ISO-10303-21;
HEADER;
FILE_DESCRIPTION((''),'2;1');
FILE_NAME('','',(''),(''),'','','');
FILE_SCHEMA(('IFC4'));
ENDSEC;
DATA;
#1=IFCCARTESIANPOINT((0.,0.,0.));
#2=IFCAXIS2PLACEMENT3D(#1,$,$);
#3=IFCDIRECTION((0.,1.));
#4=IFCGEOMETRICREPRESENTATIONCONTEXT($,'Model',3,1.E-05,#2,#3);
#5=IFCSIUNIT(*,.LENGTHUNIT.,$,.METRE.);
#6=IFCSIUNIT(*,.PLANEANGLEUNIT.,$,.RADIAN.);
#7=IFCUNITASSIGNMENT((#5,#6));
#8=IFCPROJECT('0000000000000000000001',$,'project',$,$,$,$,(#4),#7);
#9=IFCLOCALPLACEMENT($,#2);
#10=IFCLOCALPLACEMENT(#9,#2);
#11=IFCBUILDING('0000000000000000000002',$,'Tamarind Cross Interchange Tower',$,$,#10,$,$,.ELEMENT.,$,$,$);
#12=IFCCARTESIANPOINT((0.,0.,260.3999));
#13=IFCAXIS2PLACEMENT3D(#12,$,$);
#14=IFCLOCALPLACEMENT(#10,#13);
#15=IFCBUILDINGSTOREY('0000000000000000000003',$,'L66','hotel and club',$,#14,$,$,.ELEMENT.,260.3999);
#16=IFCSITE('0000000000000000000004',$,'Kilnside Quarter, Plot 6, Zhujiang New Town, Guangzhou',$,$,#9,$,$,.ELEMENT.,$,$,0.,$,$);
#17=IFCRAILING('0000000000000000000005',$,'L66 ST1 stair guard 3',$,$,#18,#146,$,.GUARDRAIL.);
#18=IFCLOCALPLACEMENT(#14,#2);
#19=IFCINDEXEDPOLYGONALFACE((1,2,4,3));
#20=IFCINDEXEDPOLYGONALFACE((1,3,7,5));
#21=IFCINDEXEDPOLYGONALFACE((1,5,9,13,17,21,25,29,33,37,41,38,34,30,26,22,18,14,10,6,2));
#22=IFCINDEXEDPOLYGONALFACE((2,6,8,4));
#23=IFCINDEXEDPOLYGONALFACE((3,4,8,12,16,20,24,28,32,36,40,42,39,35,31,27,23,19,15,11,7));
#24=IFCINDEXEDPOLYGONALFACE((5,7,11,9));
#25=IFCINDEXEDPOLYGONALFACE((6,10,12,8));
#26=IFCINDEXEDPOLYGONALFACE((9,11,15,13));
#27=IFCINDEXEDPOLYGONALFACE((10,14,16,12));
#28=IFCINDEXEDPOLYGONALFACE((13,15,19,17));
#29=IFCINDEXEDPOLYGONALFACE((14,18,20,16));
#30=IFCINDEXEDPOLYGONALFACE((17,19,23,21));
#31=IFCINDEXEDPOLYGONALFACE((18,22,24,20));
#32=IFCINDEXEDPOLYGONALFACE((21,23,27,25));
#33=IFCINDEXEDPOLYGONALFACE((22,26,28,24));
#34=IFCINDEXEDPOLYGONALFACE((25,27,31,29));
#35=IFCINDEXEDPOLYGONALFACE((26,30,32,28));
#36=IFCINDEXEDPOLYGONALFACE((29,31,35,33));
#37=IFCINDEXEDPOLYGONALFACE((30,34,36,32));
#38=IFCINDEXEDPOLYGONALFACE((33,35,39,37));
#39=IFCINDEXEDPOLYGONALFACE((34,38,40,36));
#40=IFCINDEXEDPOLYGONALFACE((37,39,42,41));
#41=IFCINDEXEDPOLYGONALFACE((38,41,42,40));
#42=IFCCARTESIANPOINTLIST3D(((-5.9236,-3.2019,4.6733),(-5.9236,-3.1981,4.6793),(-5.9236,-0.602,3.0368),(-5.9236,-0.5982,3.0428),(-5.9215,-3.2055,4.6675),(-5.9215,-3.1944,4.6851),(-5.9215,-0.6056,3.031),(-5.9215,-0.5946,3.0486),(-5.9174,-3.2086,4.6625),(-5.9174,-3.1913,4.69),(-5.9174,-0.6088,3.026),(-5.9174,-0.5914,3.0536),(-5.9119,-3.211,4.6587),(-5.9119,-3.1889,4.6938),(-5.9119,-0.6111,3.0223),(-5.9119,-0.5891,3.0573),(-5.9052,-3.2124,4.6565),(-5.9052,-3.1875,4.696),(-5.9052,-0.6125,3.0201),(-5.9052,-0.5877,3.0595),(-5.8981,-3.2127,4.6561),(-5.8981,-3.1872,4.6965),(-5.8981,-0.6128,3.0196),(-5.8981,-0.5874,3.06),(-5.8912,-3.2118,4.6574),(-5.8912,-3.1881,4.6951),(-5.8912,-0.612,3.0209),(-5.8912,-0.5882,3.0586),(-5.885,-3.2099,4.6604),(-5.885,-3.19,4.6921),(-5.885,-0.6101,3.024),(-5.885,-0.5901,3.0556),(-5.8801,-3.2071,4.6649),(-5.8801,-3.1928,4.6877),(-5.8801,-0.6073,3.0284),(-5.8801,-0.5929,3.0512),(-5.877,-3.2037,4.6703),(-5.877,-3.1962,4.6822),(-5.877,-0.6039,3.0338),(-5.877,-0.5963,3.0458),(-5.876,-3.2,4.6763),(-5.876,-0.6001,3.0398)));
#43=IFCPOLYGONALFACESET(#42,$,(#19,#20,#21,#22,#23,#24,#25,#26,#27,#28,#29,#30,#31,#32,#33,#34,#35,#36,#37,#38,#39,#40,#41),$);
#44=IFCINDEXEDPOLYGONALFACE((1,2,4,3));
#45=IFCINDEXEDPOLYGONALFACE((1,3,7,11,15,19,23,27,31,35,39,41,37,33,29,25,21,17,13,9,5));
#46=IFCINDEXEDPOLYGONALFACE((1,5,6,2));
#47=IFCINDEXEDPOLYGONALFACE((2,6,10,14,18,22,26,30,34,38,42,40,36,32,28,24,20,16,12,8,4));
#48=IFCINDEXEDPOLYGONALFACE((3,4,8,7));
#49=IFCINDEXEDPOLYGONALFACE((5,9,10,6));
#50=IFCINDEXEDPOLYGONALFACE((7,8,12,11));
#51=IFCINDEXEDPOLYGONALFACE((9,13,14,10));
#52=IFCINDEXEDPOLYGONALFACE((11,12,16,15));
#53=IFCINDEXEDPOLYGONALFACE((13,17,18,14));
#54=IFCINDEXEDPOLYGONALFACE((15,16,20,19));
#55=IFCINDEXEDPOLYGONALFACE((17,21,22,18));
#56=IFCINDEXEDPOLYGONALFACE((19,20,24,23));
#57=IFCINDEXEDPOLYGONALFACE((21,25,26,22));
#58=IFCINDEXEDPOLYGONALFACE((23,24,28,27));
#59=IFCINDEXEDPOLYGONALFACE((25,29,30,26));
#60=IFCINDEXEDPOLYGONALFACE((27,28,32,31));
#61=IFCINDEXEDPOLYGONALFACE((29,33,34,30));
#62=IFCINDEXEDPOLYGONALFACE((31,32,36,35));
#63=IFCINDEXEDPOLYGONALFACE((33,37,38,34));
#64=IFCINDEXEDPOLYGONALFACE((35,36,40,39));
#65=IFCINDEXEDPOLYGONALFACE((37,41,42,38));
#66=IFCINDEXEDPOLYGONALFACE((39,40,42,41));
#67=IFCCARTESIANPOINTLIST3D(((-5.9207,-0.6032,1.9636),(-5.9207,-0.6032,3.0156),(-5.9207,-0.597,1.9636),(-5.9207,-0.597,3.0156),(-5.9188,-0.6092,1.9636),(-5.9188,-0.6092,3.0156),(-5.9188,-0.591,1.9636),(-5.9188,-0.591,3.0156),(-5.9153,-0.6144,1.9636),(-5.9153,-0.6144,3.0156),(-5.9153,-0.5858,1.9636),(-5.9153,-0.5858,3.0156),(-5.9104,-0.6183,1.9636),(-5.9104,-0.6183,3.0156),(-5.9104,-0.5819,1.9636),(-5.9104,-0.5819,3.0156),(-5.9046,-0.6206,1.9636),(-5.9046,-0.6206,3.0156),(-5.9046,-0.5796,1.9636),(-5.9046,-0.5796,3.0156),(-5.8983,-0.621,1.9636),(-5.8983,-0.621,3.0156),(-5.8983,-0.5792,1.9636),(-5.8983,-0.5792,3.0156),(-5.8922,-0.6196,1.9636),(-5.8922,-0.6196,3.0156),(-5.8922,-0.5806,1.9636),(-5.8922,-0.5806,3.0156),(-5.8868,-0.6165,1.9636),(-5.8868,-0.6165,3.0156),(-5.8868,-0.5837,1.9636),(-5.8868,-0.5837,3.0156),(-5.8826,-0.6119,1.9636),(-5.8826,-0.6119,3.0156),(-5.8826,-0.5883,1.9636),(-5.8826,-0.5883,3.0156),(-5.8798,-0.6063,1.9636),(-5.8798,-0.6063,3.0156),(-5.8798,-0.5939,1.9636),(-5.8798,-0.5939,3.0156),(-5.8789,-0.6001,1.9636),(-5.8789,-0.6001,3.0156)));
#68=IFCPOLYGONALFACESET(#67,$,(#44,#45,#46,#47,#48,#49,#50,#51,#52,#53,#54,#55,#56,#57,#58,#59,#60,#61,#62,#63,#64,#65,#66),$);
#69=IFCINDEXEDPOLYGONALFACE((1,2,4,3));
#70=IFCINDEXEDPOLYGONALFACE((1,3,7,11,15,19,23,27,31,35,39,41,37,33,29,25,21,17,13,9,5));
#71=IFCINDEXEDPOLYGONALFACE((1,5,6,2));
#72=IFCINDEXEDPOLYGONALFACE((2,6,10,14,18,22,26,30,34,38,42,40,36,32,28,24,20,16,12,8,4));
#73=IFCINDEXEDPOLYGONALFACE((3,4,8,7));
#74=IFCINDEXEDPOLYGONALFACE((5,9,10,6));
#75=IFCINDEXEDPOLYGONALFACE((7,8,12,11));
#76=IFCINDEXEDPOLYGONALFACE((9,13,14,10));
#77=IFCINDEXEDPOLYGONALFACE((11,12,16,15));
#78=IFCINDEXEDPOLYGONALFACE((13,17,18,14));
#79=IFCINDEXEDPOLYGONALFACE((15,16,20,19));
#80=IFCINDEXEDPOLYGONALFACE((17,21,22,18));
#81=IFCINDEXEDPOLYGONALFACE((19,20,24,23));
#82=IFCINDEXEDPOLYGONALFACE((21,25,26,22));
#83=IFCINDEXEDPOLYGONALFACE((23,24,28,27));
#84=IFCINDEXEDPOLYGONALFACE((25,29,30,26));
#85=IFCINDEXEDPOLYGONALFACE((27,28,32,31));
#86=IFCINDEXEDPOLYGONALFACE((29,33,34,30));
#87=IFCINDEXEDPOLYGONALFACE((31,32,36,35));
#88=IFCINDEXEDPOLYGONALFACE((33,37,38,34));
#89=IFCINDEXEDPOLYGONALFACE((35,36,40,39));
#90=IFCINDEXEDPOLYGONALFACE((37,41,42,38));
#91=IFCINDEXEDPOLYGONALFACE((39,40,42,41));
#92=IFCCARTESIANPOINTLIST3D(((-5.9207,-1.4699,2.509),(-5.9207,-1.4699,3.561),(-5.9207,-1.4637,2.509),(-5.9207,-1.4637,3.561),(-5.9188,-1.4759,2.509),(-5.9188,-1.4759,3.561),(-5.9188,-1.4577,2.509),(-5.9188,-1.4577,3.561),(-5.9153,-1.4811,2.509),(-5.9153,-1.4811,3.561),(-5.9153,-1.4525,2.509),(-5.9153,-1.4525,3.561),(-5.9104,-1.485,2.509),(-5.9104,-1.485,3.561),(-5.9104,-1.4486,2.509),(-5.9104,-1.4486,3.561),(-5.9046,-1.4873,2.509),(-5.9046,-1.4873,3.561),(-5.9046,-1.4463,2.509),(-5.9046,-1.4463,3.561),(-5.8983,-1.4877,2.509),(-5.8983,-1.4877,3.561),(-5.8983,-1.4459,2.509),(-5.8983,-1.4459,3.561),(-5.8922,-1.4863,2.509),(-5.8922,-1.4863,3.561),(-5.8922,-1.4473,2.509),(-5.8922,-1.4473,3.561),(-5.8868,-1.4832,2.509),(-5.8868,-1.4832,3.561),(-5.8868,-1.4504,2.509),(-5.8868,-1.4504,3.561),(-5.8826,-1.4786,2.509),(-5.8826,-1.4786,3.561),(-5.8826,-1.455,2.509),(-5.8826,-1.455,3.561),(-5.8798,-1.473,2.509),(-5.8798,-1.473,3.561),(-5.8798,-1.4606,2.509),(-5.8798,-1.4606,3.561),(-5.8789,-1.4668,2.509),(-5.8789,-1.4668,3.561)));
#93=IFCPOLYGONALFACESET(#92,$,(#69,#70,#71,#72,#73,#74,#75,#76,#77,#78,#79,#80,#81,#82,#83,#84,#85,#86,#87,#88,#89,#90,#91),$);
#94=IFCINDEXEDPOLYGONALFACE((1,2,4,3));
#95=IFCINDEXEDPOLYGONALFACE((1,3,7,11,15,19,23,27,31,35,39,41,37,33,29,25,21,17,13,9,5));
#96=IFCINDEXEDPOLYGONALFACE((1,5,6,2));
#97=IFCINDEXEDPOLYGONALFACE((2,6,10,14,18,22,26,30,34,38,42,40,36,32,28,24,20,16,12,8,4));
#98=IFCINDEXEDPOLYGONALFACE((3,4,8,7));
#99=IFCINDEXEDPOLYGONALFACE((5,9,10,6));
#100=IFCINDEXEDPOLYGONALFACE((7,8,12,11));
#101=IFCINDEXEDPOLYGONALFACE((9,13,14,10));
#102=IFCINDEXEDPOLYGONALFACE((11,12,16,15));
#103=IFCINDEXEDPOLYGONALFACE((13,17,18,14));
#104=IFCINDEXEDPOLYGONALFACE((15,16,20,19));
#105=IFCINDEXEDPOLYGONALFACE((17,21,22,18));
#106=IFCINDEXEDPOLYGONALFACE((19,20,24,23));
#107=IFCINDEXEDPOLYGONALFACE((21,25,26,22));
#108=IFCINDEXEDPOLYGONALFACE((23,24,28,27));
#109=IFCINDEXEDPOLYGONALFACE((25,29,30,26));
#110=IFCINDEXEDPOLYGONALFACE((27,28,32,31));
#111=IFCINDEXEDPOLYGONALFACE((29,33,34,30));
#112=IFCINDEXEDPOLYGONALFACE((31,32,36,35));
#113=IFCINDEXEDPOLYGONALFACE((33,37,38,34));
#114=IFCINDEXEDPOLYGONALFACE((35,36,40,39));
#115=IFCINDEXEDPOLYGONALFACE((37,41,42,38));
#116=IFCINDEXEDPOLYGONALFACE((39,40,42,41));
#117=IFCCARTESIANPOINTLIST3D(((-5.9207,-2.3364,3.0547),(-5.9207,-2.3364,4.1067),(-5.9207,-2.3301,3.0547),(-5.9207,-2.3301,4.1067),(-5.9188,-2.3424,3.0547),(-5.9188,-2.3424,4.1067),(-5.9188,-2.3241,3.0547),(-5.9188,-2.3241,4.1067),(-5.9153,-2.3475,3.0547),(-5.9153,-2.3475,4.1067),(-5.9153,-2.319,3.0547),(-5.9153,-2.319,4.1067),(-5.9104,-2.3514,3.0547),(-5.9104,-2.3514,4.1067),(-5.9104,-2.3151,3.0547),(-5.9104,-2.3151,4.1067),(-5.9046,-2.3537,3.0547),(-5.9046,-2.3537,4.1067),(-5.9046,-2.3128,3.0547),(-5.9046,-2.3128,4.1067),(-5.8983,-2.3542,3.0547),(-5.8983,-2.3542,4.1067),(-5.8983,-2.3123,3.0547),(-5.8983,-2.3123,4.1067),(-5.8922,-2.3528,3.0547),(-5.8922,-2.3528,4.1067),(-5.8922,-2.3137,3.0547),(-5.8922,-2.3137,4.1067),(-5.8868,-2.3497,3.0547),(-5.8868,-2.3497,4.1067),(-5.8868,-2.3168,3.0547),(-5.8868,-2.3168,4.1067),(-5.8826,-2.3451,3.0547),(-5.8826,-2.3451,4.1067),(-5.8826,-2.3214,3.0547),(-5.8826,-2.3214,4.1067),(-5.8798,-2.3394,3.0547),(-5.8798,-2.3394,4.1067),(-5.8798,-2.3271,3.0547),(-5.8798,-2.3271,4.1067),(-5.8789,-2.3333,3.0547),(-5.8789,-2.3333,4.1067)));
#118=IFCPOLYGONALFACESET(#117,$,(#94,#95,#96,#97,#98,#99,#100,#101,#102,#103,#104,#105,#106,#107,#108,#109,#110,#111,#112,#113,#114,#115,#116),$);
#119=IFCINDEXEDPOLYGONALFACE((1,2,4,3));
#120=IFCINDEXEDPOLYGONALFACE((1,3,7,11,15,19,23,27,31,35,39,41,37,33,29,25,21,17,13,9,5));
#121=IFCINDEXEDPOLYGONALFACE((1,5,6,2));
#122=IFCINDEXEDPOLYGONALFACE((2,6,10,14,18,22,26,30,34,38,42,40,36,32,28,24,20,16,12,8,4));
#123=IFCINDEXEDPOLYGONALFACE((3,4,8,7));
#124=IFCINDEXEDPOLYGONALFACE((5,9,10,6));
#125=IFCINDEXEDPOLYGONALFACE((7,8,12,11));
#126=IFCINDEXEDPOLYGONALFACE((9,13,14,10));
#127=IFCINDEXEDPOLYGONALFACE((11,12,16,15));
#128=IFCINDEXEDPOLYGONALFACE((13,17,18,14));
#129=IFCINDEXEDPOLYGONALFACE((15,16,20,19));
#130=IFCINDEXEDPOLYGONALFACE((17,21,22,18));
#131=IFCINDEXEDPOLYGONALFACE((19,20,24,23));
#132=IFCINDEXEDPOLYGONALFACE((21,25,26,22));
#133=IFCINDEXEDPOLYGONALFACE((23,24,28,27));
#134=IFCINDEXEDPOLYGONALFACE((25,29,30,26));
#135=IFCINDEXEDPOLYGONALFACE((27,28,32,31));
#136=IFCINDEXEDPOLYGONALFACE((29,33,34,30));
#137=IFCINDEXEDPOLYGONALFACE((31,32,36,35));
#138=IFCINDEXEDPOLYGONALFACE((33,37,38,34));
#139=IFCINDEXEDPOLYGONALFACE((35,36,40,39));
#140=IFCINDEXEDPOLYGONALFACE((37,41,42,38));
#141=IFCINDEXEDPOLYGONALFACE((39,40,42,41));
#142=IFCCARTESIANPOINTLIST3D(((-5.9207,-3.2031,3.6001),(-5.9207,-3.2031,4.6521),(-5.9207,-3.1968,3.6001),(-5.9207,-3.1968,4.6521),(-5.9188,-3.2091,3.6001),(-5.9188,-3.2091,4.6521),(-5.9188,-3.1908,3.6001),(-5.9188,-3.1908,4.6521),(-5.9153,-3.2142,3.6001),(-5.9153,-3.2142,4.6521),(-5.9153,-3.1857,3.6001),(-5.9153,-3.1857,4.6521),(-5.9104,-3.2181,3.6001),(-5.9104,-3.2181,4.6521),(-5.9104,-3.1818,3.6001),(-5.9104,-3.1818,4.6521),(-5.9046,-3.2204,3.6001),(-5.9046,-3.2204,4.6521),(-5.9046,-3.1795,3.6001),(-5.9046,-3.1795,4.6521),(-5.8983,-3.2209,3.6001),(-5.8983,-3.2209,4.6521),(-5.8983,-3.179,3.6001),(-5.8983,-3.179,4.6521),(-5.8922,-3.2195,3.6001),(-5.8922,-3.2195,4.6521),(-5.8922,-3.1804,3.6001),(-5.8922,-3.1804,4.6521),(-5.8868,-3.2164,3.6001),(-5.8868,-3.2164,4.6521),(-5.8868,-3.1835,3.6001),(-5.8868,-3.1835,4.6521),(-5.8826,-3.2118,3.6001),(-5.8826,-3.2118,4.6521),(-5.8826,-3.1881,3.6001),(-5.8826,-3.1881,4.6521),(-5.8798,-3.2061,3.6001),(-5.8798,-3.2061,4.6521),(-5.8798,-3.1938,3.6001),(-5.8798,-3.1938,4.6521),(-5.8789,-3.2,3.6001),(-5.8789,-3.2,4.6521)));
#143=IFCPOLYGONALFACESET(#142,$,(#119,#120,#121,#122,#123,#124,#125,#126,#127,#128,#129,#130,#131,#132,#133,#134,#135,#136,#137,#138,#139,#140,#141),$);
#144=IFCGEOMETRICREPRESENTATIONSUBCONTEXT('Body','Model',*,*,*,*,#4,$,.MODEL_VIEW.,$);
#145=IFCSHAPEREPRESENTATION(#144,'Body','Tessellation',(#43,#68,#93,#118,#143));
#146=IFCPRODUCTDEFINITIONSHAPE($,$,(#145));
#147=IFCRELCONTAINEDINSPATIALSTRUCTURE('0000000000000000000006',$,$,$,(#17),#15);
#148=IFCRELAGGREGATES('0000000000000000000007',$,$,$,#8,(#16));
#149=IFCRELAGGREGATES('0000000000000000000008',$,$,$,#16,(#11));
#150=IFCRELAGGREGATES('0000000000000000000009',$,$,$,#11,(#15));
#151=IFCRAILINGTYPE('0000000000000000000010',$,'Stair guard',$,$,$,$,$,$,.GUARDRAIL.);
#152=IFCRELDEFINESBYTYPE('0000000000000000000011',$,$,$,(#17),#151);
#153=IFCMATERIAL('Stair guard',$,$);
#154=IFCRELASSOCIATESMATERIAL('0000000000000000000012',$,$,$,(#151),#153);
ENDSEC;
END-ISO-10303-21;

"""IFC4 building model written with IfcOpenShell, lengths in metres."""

from ifc_helpers import new_model, si_unit, direction, frame, origin, origin_2d, place, context, subcontext, project, spatial, circle, extrude, material, type_object, element, save


model = new_model("IFC4")

# Units and contexts
model_context = context("Model", 3, precision=1e-05, world=origin(), true_north=direction((0.0, 1.0)))
body_context = subcontext(model_context, "Body", "Model", "MODEL_VIEW")
ifc_project = project(units=[si_unit("LENGTHUNIT", "METRE"), si_unit("PLANEANGLEUNIT", "RADIAN")], contexts=[model_context])

# Site, building, storey
site_placement = place(None, origin())
site = spatial("IfcSite", under=ifc_project, at=site_placement, Name="Kilnside Quarter, Plot 6, Zhujiang New Town, Guangzhou", CompositionType="ELEMENT", RefElevation=0.0)
building_placement = place(site_placement, origin())
building = spatial("IfcBuilding", under=site, at=building_placement, Name="Tamarind Cross Interchange Tower", CompositionType="ELEMENT")
storey_placement = place(building_placement, frame((0.0, 0.0, 260.3999)))
storey = spatial("IfcBuildingStorey", under=building, at=storey_placement, Name="L66", Description="hotel and club", CompositionType="ELEMENT", Elevation=260.3999)

# Railing
ifc_material_1 = material(Name="Stair guard")
railing_type_1 = type_object("IfcRailingType", Name="Stair guard", PredefinedType="GUARDRAIL", material=ifc_material_1)
railing_1_placement = place(storey_placement, frame((-5.8999, -0.6001, 1.9636)))
element("IfcRailing", 1, at=railing_1_placement, inside=storey, type_object=railing_type_1, Name="L66 ST1 stair guard 3", PredefinedType="GUARDRAIL", context=body_context, shape_type="SweptSolid", body=[
    extrude(circle(Radius=0.0239, at=origin_2d()), frame((0.0, 0.0, 1.0762), z_axis=(0.0, -0.846302, 0.532704), x_axis=(1.0, 0.0, 0.0)), (0.0, 0.0, 1.0), 3.072),
    extrude(circle(Radius=0.021, at=origin_2d()), origin(), (0.0, 0.0, 1.0), 1.052),
    extrude(circle(Radius=0.021, at=origin_2d()), frame((0.0, -0.8667, 0.5454)), (0.0, 0.0, 1.0), 1.052),
    extrude(circle(Radius=0.021, at=origin_2d()), frame((0.0, -1.7332, 1.0911)), (0.0, 0.0, 1.0), 1.052),
    extrude(circle(Radius=0.021, at=origin_2d()), frame((0.0, -2.5999, 1.6365)), (0.0, 0.0, 1.0), 1.052),
])

save(model, "model.ifc")
